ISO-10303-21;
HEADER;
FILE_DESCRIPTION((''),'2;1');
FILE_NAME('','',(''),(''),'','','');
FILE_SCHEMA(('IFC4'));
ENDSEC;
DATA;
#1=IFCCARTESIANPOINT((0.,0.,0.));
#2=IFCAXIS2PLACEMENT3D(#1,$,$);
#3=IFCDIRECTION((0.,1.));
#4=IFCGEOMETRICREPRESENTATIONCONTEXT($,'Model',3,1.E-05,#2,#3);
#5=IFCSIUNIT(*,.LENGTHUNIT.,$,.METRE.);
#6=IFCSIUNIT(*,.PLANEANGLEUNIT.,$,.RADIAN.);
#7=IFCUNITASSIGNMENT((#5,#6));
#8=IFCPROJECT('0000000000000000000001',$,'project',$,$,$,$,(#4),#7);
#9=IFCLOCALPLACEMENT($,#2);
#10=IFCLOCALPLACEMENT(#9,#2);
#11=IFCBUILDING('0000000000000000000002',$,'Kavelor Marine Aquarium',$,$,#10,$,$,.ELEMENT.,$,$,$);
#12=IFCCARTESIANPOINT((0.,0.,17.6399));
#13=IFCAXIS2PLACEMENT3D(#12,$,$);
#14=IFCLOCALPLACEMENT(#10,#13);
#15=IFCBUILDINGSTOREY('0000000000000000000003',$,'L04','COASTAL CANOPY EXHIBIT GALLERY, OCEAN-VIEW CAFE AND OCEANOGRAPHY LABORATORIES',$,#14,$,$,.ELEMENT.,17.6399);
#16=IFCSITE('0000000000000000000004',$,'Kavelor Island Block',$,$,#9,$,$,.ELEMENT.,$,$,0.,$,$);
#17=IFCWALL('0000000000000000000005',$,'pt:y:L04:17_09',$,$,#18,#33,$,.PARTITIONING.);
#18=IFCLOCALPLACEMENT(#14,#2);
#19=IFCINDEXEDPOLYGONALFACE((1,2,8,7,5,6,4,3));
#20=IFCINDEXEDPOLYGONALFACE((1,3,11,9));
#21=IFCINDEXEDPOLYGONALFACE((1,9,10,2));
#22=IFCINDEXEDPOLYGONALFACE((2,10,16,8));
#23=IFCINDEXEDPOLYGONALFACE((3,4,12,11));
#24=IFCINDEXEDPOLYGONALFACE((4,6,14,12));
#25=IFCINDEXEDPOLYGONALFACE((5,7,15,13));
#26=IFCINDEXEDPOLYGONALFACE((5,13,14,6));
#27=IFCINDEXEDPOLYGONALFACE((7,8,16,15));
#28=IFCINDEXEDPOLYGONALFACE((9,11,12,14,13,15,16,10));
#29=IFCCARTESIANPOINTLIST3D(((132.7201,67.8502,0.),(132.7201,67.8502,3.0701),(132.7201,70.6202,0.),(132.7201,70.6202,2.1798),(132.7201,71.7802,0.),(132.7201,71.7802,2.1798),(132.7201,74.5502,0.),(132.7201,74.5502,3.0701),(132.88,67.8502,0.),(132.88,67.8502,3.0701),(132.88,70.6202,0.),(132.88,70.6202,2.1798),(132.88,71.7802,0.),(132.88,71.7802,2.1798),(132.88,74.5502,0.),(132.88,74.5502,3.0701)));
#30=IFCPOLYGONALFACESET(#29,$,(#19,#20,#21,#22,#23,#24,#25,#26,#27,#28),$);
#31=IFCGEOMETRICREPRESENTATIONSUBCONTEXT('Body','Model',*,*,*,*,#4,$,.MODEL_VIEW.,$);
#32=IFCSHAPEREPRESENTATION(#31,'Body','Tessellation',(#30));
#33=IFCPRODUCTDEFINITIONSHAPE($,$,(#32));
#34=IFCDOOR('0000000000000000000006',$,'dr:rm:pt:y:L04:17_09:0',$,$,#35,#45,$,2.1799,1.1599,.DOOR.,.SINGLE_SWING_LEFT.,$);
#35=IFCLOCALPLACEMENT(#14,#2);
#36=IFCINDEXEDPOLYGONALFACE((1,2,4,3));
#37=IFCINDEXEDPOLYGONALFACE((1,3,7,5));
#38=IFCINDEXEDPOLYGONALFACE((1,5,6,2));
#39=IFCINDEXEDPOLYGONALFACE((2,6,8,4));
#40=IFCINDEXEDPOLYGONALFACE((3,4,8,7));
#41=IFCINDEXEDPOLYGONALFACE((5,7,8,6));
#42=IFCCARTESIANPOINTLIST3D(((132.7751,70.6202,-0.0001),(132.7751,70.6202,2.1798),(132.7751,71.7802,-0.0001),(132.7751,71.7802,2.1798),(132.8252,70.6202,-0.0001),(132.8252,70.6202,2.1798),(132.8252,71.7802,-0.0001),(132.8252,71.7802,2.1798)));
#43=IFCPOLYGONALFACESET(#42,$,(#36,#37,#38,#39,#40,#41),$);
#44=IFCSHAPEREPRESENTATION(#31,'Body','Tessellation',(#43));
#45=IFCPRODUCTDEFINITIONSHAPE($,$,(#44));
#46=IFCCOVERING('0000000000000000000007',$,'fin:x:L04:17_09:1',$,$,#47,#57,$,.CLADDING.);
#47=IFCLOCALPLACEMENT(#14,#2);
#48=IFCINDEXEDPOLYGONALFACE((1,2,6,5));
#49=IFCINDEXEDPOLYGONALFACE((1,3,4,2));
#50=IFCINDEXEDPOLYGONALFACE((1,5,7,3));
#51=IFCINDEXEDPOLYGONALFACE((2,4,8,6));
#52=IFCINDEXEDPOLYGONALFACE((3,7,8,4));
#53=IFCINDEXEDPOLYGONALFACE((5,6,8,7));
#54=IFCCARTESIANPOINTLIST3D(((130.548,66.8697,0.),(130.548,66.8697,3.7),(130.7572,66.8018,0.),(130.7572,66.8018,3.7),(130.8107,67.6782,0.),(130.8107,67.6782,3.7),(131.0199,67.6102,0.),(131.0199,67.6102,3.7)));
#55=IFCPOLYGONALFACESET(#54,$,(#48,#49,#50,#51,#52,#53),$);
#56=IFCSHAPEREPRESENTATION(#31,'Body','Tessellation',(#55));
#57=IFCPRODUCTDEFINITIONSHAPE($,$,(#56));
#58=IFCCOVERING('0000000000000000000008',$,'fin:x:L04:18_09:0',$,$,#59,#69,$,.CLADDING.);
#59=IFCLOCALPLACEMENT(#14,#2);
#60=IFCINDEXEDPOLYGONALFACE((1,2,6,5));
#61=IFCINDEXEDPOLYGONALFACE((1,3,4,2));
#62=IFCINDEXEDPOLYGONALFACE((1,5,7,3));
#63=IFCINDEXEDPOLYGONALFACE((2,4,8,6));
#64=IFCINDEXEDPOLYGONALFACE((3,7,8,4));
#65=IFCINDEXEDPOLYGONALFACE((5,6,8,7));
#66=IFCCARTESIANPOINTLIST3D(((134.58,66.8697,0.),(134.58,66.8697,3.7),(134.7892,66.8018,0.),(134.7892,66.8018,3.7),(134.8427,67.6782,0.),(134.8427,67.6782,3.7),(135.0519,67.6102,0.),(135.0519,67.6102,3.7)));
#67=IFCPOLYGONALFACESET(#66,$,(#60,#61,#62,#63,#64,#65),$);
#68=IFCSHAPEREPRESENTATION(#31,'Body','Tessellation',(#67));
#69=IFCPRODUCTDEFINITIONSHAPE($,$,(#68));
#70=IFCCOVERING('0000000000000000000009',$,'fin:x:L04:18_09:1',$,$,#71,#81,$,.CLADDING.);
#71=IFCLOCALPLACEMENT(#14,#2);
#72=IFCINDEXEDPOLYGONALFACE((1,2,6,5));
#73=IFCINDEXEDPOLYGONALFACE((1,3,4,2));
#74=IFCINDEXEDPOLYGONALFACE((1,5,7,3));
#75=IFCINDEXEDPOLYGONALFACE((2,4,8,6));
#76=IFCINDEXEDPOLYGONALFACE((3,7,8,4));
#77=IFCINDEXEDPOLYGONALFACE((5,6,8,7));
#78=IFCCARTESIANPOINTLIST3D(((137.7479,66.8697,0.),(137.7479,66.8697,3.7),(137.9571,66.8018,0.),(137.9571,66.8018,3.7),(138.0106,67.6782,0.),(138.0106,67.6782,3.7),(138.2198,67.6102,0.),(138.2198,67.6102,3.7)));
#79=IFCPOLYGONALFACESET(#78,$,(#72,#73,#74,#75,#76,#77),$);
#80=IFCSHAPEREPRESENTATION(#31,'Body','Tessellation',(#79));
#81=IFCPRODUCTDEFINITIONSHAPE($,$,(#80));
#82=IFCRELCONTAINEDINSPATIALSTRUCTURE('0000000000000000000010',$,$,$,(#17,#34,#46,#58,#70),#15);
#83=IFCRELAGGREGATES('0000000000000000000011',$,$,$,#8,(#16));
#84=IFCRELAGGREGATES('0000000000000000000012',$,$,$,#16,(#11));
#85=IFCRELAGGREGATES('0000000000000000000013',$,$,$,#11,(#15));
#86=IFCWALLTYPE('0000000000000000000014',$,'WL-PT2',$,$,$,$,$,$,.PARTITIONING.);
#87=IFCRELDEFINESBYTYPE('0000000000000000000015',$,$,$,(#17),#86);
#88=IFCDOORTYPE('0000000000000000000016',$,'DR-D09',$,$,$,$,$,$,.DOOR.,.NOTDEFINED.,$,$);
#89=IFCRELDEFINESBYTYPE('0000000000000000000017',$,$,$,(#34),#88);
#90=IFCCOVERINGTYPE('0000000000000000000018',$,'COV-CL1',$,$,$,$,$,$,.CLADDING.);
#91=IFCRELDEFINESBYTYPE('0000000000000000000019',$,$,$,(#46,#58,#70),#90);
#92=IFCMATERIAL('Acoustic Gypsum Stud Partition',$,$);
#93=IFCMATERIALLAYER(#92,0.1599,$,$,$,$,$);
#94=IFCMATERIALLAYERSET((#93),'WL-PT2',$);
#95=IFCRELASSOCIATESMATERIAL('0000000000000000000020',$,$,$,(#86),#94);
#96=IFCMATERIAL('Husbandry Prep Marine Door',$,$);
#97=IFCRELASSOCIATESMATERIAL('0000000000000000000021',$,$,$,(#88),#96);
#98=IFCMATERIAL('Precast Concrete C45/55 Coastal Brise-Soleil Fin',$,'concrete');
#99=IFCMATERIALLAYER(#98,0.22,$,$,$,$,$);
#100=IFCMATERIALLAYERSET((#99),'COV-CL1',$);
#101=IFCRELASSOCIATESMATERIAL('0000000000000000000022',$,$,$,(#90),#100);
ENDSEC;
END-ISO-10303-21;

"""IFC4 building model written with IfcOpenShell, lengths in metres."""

from ifc_helpers import new_model, si_unit, direction, frame, frame_2d, origin, origin_2d, place, context, subcontext, project, spatial, rectangle, extrude, material, layer, layer_set, type_object, element, fill, save


model = new_model("IFC4")

# Units and contexts
model_context = context("Model", 3, precision=1e-05, world=origin(), true_north=direction((0.0, 1.0)))
body_context = subcontext(model_context, "Body", "Model", "MODEL_VIEW")
ifc_project = project(units=[si_unit("LENGTHUNIT", "METRE"), si_unit("PLANEANGLEUNIT", "RADIAN")], contexts=[model_context])

# Site, building, storey
site_placement = place(None, origin())
site = spatial("IfcSite", under=ifc_project, at=site_placement, Name="Kavelor Island Block", CompositionType="ELEMENT", RefElevation=0.0)
building_placement = place(site_placement, origin())
building = spatial("IfcBuilding", under=site, at=building_placement, Name="Kavelor Marine Aquarium", CompositionType="ELEMENT")
storey_placement = place(building_placement, frame((0.0, 0.0, 17.6399)))
storey = spatial("IfcBuildingStorey", under=building, at=storey_placement, Name="L04", Description="COASTAL CANOPY EXHIBIT GALLERY, OCEAN-VIEW CAFE AND OCEANOGRAPHY LABORATORIES", CompositionType="ELEMENT", Elevation=17.6399)

# Wall, opening, door
ifc_material_1 = material(Name="Acoustic Gypsum Stud Partition")
ifc_layer_1 = layer(ifc_material_1, 0.1599)
ifc_layer_set_1 = layer_set([ifc_layer_1], Name="WL-PT2")
wall_type_1 = type_object("IfcWallType", Name="WL-PT2", PredefinedType="PARTITIONING", material=ifc_layer_set_1)
wall_1_placement = place(storey_placement, frame((132.8, 67.8501, 0.0), z_axis=(0.0, 0.0, 1.0), x_axis=(0.0, 1.0, 0.0)))
wall_1 = element("IfcWall", 1, at=wall_1_placement, inside=storey, type_object=wall_type_1, Name="pt:y:L04:17_09", PredefinedType="PARTITIONING", context=body_context, shape_type="SweptSolid", body=[
    extrude(rectangle(XDim=6.7, YDim=0.1599, at=frame_2d((3.3501, 0.0))), origin(), (0.0, 0.0, 1.0), 3.0701),
])
opening_1_placement = place(wall_1_placement, frame((2.77, 0.0, 0.0)))
opening_1 = element("IfcOpeningElement", 2, at=opening_1_placement, cuts=wall_1, PredefinedType="OPENING", context=body_context, shape_type="SweptSolid", body=[
    extrude(rectangle(XDim=1.1599, YDim=2.1799, at=frame_2d((0.5801, 1.0898))), frame((0.0, 0.0898, 0.0), z_axis=(0.0, -1.0, 0.0), x_axis=(1.0, 0.0, 0.0)), (0.0, 0.0, 1.0), 0.1799),
])
ifc_material_2 = material(Name="Husbandry Prep Marine Door")
door_type = type_object("IfcDoorType", Name="DR-D09", OperationType="NOTDEFINED", PredefinedType="DOOR", material=ifc_material_2)
door_placement = place(opening_1_placement, origin())
door = element("IfcDoor", 3, at=door_placement, inside=storey, type_object=door_type, Name="dr:rm:pt:y:L04:17_09:0", OperationType="SINGLE_SWING_LEFT", OverallHeight=2.1799, OverallWidth=1.1599, PredefinedType="DOOR", context=body_context, shape_type="SweptSolid", body=[
    extrude(rectangle(XDim=1.1599, YDim=2.1799, at=frame_2d((0.5801, 1.0898))), frame((0.0, 0.0249, 0.0), z_axis=(0.0, -1.0, 0.0), x_axis=(1.0, 0.0, 0.0)), (0.0, 0.0, 1.0), 0.05),
])
fill(opening_1, door)

# Coverings
ifc_material_3 = material(Name="Precast Concrete C45/55 Coastal Brise-Soleil Fin", Category="concrete")
ifc_layer_2 = layer(ifc_material_3, 0.22)
ifc_layer_set_2 = layer_set([ifc_layer_2], Name="COV-CL1")
covering_type = type_object("IfcCoveringType", Name="COV-CL1", PredefinedType="CLADDING", material=ifc_layer_set_2)
for number, where, z_axis, x_axis, name in (
    (4, (130.7839, 67.24, 0.0), (0.0, 0.0, 1.0), (0.951057, -0.309017, 0.0), "fin:x:L04:17_09:1"),
    (5, (134.8159, 67.24, 0.0), (0.0, 0.0, 1.0), (0.951057, -0.309017, 0.0), "fin:x:L04:18_09:0"),
    (6, (137.9839, 67.24, 0.0), (0.0, 0.0, 1.0), (0.951057, -0.309017, 0.0), "fin:x:L04:18_09:1"),
):
    element("IfcCovering", number, at=place(storey_placement, frame(where, z_axis=z_axis, x_axis=x_axis)), inside=storey, type_object=covering_type, Name=name, PredefinedType="CLADDING", context=body_context, shape_type="SweptSolid", body=[
        extrude(rectangle(XDim=0.22, YDim=0.8501, at=origin_2d()), origin(), (0.0, 0.0, 1.0), 3.7),
    ])

save(model, "model.ifc")
